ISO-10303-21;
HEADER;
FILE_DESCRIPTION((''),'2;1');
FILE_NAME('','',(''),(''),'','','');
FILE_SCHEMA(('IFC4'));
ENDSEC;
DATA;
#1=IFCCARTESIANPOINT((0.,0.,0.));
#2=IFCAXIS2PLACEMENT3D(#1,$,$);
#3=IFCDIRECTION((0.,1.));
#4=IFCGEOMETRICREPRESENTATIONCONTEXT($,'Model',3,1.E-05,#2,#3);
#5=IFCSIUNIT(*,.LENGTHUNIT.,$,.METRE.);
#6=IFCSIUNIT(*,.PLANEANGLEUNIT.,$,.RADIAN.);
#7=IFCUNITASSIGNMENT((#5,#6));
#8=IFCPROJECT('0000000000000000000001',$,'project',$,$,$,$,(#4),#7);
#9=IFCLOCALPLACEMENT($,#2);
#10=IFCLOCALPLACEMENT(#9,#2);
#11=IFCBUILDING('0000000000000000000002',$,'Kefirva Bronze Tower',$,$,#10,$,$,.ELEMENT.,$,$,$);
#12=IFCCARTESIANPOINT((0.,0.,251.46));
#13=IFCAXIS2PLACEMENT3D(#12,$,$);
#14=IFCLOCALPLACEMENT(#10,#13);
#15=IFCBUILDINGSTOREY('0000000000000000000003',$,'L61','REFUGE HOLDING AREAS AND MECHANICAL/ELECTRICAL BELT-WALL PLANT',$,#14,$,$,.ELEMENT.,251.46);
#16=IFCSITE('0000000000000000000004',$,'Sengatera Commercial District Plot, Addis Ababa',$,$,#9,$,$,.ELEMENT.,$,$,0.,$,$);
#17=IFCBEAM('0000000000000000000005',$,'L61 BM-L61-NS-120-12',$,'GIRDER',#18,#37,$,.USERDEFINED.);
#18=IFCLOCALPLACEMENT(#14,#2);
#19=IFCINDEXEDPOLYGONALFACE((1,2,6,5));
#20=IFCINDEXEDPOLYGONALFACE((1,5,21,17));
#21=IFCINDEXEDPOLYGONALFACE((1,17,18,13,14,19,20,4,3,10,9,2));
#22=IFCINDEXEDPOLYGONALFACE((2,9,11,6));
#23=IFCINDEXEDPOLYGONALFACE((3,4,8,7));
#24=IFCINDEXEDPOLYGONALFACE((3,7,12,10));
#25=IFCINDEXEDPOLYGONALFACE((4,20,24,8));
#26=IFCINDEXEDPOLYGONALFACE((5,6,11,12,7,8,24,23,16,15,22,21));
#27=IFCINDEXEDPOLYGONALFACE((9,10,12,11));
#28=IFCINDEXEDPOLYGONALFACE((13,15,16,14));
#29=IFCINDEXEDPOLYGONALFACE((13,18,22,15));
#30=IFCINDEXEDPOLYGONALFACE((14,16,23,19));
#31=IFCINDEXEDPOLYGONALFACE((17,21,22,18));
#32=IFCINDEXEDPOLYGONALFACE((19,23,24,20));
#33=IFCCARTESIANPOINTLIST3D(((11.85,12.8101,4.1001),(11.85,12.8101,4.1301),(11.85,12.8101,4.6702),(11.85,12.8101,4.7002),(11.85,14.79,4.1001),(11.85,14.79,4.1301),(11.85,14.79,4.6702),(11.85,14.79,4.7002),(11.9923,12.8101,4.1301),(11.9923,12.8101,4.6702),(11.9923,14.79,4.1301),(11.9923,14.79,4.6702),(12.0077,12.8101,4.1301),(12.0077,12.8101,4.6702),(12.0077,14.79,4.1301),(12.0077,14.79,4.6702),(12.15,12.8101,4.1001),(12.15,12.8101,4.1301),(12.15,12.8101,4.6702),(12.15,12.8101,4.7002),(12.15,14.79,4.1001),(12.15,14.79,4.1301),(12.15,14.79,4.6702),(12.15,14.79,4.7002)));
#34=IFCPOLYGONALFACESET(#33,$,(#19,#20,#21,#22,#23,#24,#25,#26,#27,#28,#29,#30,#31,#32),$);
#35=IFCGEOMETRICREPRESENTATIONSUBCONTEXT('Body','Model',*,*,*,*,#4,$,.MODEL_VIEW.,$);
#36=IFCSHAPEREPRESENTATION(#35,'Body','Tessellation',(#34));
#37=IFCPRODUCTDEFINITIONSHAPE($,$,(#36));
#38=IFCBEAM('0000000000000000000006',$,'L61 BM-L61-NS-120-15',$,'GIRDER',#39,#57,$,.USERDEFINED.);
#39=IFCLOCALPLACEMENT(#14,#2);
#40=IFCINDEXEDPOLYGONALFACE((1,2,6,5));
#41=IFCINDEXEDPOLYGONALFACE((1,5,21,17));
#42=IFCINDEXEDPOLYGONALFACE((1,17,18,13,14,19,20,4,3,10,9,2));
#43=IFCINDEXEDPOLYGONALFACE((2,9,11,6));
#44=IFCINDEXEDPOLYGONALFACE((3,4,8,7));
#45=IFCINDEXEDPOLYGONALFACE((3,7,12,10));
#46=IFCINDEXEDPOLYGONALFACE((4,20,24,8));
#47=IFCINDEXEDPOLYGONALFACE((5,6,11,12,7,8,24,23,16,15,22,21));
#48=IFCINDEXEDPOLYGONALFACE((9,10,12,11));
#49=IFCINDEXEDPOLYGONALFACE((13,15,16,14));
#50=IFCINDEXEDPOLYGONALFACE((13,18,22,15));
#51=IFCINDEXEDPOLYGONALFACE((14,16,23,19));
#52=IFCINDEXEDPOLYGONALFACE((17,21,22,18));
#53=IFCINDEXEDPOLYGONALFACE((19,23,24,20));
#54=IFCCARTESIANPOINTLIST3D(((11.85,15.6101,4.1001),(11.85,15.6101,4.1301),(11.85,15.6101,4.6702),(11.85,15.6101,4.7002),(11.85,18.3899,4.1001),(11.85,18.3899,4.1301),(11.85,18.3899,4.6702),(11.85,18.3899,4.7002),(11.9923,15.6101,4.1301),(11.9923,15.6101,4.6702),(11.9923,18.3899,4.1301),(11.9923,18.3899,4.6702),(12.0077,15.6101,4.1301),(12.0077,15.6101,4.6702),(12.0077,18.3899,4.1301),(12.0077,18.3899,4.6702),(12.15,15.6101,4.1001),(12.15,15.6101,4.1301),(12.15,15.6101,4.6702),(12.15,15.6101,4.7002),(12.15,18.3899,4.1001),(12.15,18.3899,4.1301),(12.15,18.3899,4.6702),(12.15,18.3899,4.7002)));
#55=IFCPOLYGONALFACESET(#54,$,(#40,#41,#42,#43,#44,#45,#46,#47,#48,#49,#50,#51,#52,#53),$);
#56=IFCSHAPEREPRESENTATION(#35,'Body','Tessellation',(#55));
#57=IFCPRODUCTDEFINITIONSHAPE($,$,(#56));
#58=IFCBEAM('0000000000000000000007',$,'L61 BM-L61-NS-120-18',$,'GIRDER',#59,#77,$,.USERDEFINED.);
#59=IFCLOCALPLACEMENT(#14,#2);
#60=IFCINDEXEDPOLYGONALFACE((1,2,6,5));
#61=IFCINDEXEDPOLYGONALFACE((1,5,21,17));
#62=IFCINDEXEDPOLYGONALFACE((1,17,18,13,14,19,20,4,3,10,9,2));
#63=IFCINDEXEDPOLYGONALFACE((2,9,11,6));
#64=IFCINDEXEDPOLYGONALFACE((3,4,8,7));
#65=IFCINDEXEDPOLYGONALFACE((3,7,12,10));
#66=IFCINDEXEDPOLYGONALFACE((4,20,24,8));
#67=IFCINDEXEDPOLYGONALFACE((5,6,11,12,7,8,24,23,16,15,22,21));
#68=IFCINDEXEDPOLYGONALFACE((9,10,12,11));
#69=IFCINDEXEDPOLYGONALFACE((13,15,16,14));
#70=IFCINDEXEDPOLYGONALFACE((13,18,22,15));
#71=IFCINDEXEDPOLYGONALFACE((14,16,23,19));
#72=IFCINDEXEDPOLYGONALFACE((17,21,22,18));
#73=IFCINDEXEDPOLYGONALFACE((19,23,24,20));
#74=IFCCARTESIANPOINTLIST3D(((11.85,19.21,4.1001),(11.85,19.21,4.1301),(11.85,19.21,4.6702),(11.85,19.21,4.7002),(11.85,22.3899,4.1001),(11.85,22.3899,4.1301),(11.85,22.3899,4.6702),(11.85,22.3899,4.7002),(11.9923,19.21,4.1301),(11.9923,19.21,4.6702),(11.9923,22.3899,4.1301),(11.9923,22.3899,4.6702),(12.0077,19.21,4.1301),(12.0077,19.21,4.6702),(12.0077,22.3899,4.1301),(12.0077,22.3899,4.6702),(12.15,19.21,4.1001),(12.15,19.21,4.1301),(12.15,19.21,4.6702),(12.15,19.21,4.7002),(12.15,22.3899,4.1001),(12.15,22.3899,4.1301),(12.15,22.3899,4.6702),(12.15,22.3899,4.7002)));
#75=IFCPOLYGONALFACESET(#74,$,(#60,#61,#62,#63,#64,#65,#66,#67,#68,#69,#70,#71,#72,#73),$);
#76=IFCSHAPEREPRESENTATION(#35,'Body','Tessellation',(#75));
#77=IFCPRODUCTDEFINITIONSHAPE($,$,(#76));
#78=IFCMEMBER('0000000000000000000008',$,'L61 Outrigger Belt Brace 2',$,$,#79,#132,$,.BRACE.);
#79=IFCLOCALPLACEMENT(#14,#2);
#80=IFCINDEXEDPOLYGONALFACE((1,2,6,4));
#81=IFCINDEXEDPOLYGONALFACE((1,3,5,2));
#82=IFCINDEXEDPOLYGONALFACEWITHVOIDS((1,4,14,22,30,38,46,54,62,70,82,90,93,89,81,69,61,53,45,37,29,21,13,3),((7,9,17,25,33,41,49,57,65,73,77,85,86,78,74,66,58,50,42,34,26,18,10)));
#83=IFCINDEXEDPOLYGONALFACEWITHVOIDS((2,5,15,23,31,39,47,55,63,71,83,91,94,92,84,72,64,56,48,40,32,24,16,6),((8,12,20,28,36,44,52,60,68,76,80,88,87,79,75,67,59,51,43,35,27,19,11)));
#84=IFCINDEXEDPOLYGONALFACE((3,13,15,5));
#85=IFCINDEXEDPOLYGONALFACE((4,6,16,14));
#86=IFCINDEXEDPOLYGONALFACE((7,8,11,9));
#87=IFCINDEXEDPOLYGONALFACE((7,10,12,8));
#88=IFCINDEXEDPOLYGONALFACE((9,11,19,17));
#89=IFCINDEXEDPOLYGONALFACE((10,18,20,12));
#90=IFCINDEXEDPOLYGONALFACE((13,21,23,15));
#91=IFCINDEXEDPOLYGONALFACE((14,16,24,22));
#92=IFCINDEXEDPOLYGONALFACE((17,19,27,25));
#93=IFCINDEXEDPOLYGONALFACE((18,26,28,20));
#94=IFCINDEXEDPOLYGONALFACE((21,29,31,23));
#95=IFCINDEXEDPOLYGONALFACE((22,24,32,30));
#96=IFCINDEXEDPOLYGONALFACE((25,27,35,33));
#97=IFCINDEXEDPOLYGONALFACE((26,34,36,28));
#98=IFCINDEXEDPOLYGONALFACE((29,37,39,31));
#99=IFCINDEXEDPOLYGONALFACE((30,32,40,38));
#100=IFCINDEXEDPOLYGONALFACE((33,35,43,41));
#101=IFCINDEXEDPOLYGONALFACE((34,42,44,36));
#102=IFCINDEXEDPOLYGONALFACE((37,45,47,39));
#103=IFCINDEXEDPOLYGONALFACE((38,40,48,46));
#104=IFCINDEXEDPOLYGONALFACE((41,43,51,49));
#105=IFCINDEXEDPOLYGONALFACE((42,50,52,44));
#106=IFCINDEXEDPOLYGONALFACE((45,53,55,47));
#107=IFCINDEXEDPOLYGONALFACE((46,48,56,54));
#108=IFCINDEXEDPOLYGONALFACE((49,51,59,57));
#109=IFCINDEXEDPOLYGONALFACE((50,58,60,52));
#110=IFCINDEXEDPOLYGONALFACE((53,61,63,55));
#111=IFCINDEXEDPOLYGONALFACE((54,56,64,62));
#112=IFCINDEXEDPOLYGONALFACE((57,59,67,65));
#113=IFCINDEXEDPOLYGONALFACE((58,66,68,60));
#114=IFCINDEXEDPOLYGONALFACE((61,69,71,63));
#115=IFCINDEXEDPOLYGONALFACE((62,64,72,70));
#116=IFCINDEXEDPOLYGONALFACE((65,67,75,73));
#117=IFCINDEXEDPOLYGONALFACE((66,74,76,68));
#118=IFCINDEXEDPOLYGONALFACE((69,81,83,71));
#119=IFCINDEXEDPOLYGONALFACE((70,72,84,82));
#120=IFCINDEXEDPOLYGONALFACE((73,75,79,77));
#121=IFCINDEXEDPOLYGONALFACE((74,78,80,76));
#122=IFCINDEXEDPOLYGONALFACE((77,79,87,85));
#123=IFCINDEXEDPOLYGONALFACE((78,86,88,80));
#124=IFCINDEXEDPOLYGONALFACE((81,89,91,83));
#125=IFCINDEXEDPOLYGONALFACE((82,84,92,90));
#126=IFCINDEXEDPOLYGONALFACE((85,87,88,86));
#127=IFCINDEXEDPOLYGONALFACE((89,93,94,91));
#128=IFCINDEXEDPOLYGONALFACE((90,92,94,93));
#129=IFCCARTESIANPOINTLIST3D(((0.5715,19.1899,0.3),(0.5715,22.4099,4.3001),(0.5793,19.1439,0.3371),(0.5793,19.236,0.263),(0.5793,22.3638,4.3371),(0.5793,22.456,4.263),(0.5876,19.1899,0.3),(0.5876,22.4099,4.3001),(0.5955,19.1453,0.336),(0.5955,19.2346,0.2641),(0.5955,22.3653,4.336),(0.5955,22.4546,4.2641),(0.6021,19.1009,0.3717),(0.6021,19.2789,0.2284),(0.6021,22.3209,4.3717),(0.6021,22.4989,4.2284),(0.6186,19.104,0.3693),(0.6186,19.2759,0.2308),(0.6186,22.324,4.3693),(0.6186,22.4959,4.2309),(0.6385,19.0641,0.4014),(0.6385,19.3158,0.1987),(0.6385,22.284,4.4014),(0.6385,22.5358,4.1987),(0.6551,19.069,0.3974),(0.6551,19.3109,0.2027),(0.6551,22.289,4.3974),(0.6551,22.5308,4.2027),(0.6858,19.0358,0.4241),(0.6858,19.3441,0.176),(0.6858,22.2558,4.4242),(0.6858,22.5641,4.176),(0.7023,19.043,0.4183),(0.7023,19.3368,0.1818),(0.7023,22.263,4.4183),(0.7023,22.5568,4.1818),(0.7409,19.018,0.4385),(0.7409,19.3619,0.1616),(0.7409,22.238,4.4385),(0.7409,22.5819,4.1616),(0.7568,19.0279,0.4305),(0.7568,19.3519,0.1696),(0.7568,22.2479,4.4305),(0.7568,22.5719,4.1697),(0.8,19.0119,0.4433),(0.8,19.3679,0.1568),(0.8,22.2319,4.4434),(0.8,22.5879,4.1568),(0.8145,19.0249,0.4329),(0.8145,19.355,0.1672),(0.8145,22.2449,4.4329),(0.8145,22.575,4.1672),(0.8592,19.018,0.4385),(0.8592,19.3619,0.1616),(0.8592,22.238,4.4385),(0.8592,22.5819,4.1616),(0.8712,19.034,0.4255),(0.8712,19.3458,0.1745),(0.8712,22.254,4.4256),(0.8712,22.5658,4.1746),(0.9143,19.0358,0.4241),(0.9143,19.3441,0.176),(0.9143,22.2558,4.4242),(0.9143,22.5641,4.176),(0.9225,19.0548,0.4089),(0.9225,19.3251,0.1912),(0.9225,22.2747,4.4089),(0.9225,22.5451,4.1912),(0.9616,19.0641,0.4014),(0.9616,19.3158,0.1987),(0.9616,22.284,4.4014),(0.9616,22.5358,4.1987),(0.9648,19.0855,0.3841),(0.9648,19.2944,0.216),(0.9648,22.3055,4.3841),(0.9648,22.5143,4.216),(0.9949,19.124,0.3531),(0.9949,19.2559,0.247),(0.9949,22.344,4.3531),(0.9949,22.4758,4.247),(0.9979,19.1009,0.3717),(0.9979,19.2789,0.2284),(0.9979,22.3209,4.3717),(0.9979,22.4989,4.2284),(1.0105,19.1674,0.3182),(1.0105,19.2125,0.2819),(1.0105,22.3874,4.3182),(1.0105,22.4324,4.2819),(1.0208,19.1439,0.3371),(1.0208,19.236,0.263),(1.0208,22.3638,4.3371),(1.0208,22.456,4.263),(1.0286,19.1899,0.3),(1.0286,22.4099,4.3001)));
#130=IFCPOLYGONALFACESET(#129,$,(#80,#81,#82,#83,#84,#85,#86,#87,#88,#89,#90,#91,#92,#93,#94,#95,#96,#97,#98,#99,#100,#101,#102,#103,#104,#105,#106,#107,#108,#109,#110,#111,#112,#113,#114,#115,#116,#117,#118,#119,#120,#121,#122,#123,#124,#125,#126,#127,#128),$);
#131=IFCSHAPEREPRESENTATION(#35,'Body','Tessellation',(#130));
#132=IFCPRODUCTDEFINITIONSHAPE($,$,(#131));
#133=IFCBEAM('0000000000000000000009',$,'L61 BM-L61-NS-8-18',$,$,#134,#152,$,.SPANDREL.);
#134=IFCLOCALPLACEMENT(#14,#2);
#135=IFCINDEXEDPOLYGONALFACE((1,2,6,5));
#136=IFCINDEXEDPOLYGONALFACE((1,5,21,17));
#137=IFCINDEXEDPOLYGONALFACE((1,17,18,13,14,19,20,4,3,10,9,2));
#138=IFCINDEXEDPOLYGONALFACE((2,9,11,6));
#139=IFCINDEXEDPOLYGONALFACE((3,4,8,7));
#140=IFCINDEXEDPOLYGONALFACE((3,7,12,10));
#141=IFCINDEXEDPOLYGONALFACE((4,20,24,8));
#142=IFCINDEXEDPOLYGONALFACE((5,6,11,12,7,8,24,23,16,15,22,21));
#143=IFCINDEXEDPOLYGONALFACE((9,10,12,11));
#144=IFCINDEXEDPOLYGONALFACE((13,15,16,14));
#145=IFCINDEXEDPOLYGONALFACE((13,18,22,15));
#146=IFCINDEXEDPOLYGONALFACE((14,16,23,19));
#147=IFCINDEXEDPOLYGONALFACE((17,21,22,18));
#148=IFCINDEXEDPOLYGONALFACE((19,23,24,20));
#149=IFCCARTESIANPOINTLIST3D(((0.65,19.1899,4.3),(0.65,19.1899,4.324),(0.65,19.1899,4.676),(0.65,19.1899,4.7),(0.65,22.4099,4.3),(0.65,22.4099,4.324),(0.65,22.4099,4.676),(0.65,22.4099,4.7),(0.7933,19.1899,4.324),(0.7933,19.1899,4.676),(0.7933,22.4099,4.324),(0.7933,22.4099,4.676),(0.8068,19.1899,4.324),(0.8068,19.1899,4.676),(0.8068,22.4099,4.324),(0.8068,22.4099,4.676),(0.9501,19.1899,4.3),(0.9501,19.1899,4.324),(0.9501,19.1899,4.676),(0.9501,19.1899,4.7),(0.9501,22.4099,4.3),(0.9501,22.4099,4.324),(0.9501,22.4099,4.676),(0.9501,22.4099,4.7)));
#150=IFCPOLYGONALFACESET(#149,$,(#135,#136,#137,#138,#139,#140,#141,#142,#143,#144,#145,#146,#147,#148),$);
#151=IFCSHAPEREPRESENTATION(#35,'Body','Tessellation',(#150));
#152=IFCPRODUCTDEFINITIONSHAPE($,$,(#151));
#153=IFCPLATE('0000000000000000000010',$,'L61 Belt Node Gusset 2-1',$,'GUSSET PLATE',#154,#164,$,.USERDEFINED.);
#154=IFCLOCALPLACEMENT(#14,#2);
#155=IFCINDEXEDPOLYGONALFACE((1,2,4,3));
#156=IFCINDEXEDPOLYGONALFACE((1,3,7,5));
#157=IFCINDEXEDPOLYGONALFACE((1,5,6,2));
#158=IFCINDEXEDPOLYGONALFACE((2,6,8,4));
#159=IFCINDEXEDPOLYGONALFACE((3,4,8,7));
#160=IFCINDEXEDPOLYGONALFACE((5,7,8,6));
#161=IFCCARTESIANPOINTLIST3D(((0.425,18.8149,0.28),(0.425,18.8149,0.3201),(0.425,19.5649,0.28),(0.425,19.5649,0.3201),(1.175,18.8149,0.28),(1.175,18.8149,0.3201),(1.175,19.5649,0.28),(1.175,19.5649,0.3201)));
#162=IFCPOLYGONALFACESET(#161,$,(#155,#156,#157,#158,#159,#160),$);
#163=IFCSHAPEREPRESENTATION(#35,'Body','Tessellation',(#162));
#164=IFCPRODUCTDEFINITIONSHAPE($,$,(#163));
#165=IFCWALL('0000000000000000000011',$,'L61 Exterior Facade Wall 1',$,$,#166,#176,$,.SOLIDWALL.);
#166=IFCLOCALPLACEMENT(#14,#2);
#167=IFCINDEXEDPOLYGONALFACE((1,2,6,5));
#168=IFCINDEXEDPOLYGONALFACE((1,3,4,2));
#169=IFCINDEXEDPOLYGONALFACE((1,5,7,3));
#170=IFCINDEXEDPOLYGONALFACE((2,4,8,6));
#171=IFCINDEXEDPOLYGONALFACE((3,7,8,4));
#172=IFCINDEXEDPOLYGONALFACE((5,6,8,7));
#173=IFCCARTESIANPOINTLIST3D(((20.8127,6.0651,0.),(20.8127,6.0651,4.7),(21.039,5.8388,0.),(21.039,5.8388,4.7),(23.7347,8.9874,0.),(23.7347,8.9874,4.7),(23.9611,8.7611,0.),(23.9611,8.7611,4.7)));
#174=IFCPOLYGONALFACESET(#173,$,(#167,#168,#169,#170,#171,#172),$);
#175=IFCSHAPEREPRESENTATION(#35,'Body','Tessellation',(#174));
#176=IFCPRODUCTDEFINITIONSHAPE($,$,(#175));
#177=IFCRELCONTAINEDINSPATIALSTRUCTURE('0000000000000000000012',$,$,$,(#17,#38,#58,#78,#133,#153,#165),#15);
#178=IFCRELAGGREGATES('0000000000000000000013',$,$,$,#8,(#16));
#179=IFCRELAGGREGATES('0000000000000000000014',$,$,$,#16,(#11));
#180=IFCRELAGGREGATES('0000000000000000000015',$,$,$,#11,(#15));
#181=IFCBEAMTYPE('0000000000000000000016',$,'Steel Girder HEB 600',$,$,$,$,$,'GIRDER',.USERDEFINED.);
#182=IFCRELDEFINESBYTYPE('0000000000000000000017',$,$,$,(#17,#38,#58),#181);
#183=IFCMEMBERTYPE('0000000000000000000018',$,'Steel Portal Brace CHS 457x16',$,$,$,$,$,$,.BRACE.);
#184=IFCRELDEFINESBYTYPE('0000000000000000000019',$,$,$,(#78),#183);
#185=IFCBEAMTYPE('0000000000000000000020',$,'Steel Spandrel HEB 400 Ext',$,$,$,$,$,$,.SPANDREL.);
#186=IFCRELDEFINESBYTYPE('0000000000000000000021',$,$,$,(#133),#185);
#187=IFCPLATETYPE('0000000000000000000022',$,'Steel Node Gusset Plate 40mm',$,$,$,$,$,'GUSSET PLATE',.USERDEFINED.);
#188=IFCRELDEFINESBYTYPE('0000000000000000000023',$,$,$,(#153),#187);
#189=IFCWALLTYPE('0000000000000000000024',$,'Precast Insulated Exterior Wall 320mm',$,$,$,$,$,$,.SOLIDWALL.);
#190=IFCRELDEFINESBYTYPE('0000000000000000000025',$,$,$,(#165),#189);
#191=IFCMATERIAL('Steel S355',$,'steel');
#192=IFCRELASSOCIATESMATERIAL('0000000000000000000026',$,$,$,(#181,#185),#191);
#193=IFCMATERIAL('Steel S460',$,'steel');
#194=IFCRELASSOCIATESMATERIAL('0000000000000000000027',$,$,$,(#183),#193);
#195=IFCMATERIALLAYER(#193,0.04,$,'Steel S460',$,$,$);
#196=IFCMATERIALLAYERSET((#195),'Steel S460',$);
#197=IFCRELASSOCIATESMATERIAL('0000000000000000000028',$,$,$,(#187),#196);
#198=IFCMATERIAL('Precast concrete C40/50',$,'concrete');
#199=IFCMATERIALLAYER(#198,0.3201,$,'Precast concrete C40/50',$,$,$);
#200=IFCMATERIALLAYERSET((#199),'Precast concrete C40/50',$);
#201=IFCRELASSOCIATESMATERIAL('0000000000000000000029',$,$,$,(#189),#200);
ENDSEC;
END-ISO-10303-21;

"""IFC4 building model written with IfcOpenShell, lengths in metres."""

from ifc_helpers import new_model, si_unit, direction, frame, frame_2d, origin, origin_2d, place, context, subcontext, project, spatial, rectangle, hollow_circle, i_section, extrude, material, layer, layer_set, material_profile, profile_set, type_object, element, save


model = new_model("IFC4")

# Units and contexts
model_context = context("Model", 3, precision=1e-05, world=origin(), true_north=direction((0.0, 1.0)))
body_context = subcontext(model_context, "Body", "Model", "MODEL_VIEW")
ifc_project = project(units=[si_unit("LENGTHUNIT", "METRE"), si_unit("PLANEANGLEUNIT", "RADIAN")], contexts=[model_context])

# Site, building, storey
site_placement = place(None, origin())
site = spatial("IfcSite", under=ifc_project, at=site_placement, Name="Sengatera Commercial District Plot, Addis Ababa", CompositionType="ELEMENT", RefElevation=0.0)
building_placement = place(site_placement, origin())
building = spatial("IfcBuilding", under=site, at=building_placement, Name="Kefirva Bronze Tower", CompositionType="ELEMENT")
storey_placement = place(building_placement, frame((0.0, 0.0, 251.46)))
storey = spatial("IfcBuildingStorey", under=building, at=storey_placement, Name="L61", Description="REFUGE HOLDING AREAS AND MECHANICAL/ELECTRICAL BELT-WALL PLANT", CompositionType="ELEMENT", Elevation=251.46)

# Beams
ifc_material_1 = material(Name="Steel S355", Category="steel")
ifc_material_profile_1 = material_profile(ifc_material_1, i_section(OverallWidth=0.3, OverallDepth=0.6001, WebThickness=0.0154, FlangeThickness=0.03, at=origin_2d()), Name="HEB 600")
ifc_profile_set_1 = profile_set([ifc_material_profile_1], Name="Steel S355")
beam_type_1 = type_object("IfcBeamType", Name="Steel Girder HEB 600", ElementType="GIRDER", PredefinedType="USERDEFINED", material=ifc_profile_set_1)
beam_1_placement = place(storey_placement, frame((12.0, 12.8101, 4.4001), z_axis=(0.0, 1.0, 0.0), x_axis=(-1.0, 0.0, 0.0)))
element("IfcBeam", 1, at=beam_1_placement, inside=storey, type_object=beam_type_1, Name="L61 BM-L61-NS-120-12", ObjectType="GIRDER", PredefinedType="USERDEFINED", context=body_context, shape_type="SweptSolid", body=[
    extrude(i_section(OverallWidth=0.3, OverallDepth=0.6001, WebThickness=0.0154, FlangeThickness=0.03, at=origin_2d()), origin(), (0.0, 0.0, 1.0), 1.98),
])
beam_2_placement = place(storey_placement, frame((12.0, 15.6101, 4.4001), z_axis=(0.0, 1.0, 0.0), x_axis=(-1.0, 0.0, 0.0)))
element("IfcBeam", 2, at=beam_2_placement, inside=storey, type_object=beam_type_1, Name="L61 BM-L61-NS-120-15", ObjectType="GIRDER", PredefinedType="USERDEFINED", context=body_context, shape_type="SweptSolid", body=[
    extrude(i_section(OverallWidth=0.3, OverallDepth=0.6001, WebThickness=0.0154, FlangeThickness=0.03, at=origin_2d()), origin(), (0.0, 0.0, 1.0), 2.7798),
])
beam_3_placement = place(storey_placement, frame((12.0, 19.21, 4.4001), z_axis=(0.0, 1.0, 0.0), x_axis=(-1.0, 0.0, 0.0)))
element("IfcBeam", 3, at=beam_3_placement, inside=storey, type_object=beam_type_1, Name="L61 BM-L61-NS-120-18", ObjectType="GIRDER", PredefinedType="USERDEFINED", context=body_context, shape_type="SweptSolid", body=[
    extrude(i_section(OverallWidth=0.3, OverallDepth=0.6001, WebThickness=0.0154, FlangeThickness=0.03, at=origin_2d()), origin(), (0.0, 0.0, 1.0), 3.1799),
])

# Member
ifc_material_2 = material(Name="Steel S460", Category="steel")
ifc_material_profile_2 = material_profile(ifc_material_2, hollow_circle(Radius=0.2285, WallThickness=0.0161, at=origin_2d()), Name="CHS 457x16")
ifc_profile_set_2 = profile_set([ifc_material_profile_2], Name="Steel S460")
member_type = type_object("IfcMemberType", Name="Steel Portal Brace CHS 457x16", PredefinedType="BRACE", material=ifc_profile_set_2)
member_placement = place(storey_placement, frame((0.8, 19.1899, 0.3), z_axis=(0.0, 0.627064, 0.778968), x_axis=(-1.0, 0.0, 0.0)))
element("IfcMember", 4, at=member_placement, inside=storey, type_object=member_type, Name="L61 Outrigger Belt Brace 2", PredefinedType="BRACE", context=body_context, shape_type="SweptSolid", body=[
    extrude(hollow_circle(Radius=0.2285, WallThickness=0.0161, at=origin_2d()), origin(), (0.0, 0.0, 1.0), 5.135),
])

# Beam
ifc_material_profile_3 = material_profile(ifc_material_1, i_section(OverallWidth=0.3, OverallDepth=0.3999, WebThickness=0.0134, FlangeThickness=0.0239, at=origin_2d()), Name="HEB 400")
ifc_profile_set_3 = profile_set([ifc_material_profile_3], Name="Steel S355")
beam_type_2 = type_object("IfcBeamType", Name="Steel Spandrel HEB 400 Ext", PredefinedType="SPANDREL", material=ifc_profile_set_3)
beam_4_placement = place(storey_placement, frame((0.8, 19.1899, 4.5), z_axis=(0.0, 1.0, 0.0), x_axis=(-1.0, 0.0, 0.0)))
element("IfcBeam", 5, at=beam_4_placement, inside=storey, type_object=beam_type_2, Name="L61 BM-L61-NS-8-18", PredefinedType="SPANDREL", context=body_context, shape_type="SweptSolid", body=[
    extrude(i_section(OverallWidth=0.3, OverallDepth=0.3999, WebThickness=0.0134, FlangeThickness=0.0239, at=origin_2d()), origin(), (0.0, 0.0, 1.0), 3.22),
])

# Plate
ifc_layer_1 = layer(ifc_material_2, 0.04, Name="Steel S460")
ifc_layer_set_1 = layer_set([ifc_layer_1], Name="Steel S460")
plate_type = type_object("IfcPlateType", Name="Steel Node Gusset Plate 40mm", ElementType="GUSSET PLATE", PredefinedType="USERDEFINED", material=ifc_layer_set_1)
plate_placement = place(storey_placement, frame((0.8, 19.1899, 0.28), z_axis=(0.0, 0.0, 1.0), x_axis=(1.0, 0.0, 0.0)))
element("IfcPlate", 6, at=plate_placement, inside=storey, type_object=plate_type, Name="L61 Belt Node Gusset 2-1", ObjectType="GUSSET PLATE", PredefinedType="USERDEFINED", context=body_context, shape_type="SweptSolid", body=[
    extrude(rectangle(XDim=0.75, YDim=0.75, at=origin_2d()), origin(), (0.0, 0.0, 1.0), 0.04),
])

# Wall
ifc_material_3 = material(Name="Precast concrete C40/50", Category="concrete")
ifc_layer_2 = layer(ifc_material_3, 0.3201, Name="Precast concrete C40/50")
ifc_layer_set_2 = layer_set([ifc_layer_2], Name="Precast concrete C40/50")
wall_type_1 = type_object("IfcWallType", Name="Precast Insulated Exterior Wall 320mm", PredefinedType="SOLIDWALL", material=ifc_layer_set_2)
wall_1_placement = place(storey_placement, frame((20.9258, 5.9519, 0.0), z_axis=(0.0, 0.0, 1.0), x_axis=(0.707077, 0.707136, 0.0)))
element("IfcWall", 7, at=wall_1_placement, inside=storey, type_object=wall_type_1, Name="L61 Exterior Facade Wall 1", PredefinedType="SOLIDWALL", context=body_context, shape_type="SweptSolid", body=[
    extrude(rectangle(XDim=4.1326, YDim=0.3201, at=frame_2d((2.0664, 0.0))), origin(), (0.0, 0.0, 1.0), 4.7),
])

save(model, "model.ifc")
